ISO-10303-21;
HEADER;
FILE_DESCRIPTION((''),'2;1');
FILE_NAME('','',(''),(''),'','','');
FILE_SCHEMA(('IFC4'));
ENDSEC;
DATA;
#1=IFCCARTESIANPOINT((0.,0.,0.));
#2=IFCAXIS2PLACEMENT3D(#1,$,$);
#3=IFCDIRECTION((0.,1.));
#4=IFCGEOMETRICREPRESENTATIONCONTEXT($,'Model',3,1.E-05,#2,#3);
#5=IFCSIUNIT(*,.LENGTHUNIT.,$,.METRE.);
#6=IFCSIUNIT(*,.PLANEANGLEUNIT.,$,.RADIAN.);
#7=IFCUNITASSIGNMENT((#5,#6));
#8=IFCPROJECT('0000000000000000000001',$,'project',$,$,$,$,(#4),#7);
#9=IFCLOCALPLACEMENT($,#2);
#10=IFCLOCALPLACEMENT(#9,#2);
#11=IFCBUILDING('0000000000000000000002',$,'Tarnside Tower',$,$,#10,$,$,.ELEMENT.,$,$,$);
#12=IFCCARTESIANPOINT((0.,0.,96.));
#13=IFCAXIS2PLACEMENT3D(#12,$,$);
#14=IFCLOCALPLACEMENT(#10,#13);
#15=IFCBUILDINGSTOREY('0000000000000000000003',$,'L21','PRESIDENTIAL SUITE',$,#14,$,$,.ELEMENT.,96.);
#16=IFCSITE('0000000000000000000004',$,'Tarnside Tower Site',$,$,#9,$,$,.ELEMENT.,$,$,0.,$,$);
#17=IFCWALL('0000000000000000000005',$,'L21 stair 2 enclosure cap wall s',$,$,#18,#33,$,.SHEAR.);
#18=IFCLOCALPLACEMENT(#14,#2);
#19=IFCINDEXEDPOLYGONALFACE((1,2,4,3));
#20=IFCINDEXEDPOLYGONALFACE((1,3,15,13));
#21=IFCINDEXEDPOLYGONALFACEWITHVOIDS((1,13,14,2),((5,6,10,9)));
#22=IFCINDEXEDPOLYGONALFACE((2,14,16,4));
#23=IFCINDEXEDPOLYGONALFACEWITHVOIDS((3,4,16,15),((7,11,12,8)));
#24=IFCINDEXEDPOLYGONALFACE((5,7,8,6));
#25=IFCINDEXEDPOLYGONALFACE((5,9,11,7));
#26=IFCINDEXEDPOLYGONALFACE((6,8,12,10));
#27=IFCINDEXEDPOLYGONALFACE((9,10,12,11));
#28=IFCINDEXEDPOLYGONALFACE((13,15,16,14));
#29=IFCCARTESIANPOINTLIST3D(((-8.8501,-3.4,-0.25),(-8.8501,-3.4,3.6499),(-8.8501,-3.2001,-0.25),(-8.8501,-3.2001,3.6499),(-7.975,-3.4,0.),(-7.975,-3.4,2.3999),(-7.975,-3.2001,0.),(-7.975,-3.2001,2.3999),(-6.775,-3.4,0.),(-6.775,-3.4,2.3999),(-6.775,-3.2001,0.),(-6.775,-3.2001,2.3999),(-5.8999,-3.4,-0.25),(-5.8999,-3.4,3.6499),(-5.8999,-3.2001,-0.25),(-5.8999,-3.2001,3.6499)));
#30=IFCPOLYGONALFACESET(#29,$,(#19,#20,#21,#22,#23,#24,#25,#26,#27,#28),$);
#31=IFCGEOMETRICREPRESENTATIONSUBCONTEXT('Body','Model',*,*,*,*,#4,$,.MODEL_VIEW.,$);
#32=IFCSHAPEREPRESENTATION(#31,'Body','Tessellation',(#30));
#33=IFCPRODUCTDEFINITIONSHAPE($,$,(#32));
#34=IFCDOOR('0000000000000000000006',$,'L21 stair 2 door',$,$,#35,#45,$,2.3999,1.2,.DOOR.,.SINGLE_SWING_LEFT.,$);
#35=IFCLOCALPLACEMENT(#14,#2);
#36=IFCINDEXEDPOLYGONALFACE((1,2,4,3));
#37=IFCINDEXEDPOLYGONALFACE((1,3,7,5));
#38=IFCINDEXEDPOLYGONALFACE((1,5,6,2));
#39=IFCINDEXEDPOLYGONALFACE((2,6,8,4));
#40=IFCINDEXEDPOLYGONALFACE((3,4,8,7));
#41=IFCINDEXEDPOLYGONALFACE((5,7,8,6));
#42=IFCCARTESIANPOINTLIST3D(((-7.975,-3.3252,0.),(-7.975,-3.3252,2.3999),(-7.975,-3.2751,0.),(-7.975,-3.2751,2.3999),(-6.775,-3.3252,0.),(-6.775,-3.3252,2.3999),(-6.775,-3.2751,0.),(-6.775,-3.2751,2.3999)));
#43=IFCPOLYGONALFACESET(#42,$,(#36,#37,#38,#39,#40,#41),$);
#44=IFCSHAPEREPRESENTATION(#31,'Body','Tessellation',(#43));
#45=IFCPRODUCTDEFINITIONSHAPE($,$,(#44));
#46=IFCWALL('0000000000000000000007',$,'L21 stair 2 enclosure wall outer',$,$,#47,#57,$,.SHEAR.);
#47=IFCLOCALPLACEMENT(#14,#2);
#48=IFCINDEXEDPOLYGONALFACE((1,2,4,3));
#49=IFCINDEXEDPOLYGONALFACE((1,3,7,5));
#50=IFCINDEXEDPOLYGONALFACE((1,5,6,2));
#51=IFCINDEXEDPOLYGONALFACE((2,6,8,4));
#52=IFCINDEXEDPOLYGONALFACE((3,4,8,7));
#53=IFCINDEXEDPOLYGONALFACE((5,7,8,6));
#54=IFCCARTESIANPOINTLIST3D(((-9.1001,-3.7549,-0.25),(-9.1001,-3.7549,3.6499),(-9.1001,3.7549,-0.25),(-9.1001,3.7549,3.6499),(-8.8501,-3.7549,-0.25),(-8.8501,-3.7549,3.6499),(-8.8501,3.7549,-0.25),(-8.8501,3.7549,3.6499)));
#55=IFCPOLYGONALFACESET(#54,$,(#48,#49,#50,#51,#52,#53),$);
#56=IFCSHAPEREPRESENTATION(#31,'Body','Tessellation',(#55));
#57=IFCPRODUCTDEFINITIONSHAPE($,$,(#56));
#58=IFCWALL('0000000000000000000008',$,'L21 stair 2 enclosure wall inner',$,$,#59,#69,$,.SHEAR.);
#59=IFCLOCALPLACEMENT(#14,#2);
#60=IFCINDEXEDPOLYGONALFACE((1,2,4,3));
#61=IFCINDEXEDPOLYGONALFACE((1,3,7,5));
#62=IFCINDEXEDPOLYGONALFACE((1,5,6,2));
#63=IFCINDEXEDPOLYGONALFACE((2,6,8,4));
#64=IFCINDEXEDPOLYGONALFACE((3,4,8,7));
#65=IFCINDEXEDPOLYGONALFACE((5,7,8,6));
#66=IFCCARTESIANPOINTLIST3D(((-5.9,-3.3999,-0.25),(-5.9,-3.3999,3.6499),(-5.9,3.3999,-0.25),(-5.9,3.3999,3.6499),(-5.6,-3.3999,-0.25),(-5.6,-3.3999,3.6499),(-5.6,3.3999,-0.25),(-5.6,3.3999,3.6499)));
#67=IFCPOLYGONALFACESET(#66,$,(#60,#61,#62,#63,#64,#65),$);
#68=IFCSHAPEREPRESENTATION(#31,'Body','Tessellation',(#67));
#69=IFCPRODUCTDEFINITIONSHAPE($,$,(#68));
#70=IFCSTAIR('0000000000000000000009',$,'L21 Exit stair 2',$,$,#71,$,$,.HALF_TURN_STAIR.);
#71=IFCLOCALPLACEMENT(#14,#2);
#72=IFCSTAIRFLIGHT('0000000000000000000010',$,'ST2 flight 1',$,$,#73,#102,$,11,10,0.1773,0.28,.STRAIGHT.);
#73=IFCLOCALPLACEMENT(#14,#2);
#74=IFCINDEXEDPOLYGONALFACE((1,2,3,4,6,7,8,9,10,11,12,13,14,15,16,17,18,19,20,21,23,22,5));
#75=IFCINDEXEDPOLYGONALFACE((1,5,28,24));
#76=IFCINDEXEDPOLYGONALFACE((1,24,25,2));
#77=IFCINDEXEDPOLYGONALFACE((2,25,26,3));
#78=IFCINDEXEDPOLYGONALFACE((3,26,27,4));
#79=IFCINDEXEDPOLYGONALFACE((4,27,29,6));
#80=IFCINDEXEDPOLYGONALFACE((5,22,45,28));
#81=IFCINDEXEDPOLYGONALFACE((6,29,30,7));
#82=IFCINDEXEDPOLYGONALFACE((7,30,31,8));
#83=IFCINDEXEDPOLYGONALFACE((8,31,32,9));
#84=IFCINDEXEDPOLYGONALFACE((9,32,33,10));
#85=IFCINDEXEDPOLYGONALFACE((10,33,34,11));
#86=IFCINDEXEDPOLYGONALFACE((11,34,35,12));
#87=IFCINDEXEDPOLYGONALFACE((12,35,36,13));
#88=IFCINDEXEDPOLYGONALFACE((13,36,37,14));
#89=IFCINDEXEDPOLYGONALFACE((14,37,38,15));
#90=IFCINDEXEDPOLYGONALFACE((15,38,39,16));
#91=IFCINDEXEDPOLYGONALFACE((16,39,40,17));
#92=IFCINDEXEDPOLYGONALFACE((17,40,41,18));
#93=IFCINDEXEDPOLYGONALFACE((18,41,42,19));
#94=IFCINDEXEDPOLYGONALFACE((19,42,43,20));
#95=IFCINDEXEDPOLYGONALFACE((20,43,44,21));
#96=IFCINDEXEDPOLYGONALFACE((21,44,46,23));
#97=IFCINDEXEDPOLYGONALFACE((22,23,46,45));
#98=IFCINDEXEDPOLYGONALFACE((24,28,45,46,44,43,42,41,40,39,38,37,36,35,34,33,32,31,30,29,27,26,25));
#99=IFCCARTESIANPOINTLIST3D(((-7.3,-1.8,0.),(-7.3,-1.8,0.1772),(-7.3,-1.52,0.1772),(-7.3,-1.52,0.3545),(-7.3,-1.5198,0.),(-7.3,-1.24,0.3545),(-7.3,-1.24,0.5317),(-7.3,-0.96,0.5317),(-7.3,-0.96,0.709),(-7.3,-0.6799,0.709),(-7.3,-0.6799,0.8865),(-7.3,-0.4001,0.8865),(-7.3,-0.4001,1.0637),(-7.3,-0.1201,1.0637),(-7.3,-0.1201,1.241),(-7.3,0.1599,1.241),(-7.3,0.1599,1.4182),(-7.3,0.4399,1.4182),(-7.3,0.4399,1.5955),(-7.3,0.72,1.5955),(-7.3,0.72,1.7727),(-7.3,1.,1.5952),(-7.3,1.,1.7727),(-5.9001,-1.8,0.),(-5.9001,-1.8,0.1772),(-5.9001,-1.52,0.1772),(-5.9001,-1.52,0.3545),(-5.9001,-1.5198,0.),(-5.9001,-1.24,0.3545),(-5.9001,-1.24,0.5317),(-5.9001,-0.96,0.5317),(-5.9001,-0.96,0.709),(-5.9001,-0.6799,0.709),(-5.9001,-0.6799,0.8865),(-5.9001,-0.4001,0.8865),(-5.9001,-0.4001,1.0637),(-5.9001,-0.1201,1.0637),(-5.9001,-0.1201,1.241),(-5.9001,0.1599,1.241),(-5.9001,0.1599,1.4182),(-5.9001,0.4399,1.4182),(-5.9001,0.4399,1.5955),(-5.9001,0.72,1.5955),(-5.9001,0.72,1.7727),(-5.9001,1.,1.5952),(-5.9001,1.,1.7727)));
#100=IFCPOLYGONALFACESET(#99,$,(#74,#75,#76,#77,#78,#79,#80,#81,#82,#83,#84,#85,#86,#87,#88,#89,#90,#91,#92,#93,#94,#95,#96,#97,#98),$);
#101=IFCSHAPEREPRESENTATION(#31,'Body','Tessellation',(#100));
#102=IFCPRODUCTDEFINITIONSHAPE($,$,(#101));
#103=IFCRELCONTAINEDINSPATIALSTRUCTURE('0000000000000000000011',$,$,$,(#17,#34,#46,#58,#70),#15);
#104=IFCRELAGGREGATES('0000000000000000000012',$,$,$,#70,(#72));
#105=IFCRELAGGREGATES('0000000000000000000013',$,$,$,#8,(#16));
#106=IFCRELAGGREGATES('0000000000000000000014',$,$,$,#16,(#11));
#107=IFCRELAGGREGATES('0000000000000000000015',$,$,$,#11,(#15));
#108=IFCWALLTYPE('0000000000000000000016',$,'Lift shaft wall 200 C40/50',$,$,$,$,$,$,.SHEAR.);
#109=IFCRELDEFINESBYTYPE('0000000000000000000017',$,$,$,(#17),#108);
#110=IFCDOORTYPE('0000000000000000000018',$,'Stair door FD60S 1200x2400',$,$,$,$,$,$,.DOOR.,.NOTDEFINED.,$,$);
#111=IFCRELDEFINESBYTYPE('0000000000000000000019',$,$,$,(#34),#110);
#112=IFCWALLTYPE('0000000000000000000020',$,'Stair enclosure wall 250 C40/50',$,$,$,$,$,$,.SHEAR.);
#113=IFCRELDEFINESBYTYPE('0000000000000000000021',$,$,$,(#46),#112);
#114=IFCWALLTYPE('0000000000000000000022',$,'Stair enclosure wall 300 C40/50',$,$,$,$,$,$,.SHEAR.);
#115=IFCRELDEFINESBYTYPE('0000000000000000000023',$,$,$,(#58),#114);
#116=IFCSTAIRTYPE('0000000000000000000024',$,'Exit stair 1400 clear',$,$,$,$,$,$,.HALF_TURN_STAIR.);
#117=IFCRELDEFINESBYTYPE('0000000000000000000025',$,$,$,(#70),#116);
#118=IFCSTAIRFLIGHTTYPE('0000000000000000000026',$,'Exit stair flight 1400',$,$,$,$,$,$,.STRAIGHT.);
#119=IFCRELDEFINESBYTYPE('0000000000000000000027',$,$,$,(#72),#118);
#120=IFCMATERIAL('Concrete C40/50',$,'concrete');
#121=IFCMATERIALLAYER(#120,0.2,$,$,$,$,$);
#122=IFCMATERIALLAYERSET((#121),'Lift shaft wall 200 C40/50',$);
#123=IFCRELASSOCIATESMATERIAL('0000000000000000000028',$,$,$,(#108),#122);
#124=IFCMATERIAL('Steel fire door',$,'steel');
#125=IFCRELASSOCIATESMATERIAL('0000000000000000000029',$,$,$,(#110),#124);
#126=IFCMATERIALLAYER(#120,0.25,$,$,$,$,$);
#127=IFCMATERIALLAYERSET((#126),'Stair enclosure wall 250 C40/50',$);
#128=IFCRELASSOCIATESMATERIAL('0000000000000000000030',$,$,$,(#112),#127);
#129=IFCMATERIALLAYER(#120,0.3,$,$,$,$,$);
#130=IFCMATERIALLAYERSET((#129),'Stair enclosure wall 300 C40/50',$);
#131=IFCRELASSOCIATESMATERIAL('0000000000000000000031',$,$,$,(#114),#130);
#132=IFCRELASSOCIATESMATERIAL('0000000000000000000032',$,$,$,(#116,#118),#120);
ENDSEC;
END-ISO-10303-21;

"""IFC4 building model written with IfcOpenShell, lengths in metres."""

from ifc_helpers import new_model, si_unit, direction, frame, frame_2d, origin, place, context, subcontext, project, spatial, polyline, rectangle, outline, extrude, material, layer, layer_set, type_object, element, fill, aggregate, save


model = new_model("IFC4")

# Units and contexts
model_context = context("Model", 3, precision=1e-05, world=origin(), true_north=direction((0.0, 1.0)))
body_context = subcontext(model_context, "Body", "Model", "MODEL_VIEW")
ifc_project = project(units=[si_unit("LENGTHUNIT", "METRE"), si_unit("PLANEANGLEUNIT", "RADIAN")], contexts=[model_context])

# Site, building, storey
site_placement = place(None, origin())
site = spatial("IfcSite", under=ifc_project, at=site_placement, Name="Tarnside Tower Site", CompositionType="ELEMENT", RefElevation=0.0)
building_placement = place(site_placement, origin())
building = spatial("IfcBuilding", under=site, at=building_placement, Name="Tarnside Tower", CompositionType="ELEMENT")
storey_placement = place(building_placement, frame((0.0, 0.0, 96.0)))
storey = spatial("IfcBuildingStorey", under=building, at=storey_placement, Name="L21", Description="PRESIDENTIAL SUITE", CompositionType="ELEMENT", Elevation=96.0)

# Shared definitions
ifc_material_1 = material(Name="Concrete C40/50", Category="concrete")

# Shared definitions
ifc_material_2 = material(Name="Steel fire door", Category="steel")

# Shared definitions
ifc_layer_1 = layer(ifc_material_1, 0.2)
ifc_layer_set_1 = layer_set([ifc_layer_1], Name="Lift shaft wall 200 C40/50")
wall_type_1 = type_object("IfcWallType", Name="Lift shaft wall 200 C40/50", PredefinedType="SHEAR", material=ifc_layer_set_1)

# Wall, opening, door
wall_1_placement = place(storey_placement, frame((-8.8501, -3.3, -0.25), z_axis=(0.0, 0.0, 1.0), x_axis=(1.0, 0.0, 0.0)))
wall_1 = element("IfcWall", 1, at=wall_1_placement, inside=storey, type_object=wall_type_1, Name="L21 stair 2 enclosure cap wall s", PredefinedType="SHEAR", context=body_context, shape_type="SweptSolid", body=[
    extrude(rectangle(XDim=2.9502, YDim=0.2, at=frame_2d((1.4751, 0.0))), origin(), (0.0, 0.0, 1.0), 3.8999),
])
opening_1_placement = place(wall_1_placement, frame((0.875, 0.0, 0.25)))
opening_1 = element("IfcOpeningElement", 2, at=opening_1_placement, cuts=wall_1, PredefinedType="OPENING", context=body_context, shape_type="SweptSolid", body=[
    extrude(rectangle(XDim=1.2, YDim=2.3999, at=frame_2d((0.6001, 1.2))), frame((0.0, 0.1099, 0.0), z_axis=(0.0, -1.0, 0.0), x_axis=(1.0, 0.0, 0.0)), (0.0, 0.0, 1.0), 0.22),
])
door_type_1 = type_object("IfcDoorType", Name="Stair door FD60S 1200x2400", OperationType="NOTDEFINED", PredefinedType="DOOR", material=ifc_material_2)
door_1_placement = place(opening_1_placement, origin())
door_1 = element("IfcDoor", 3, at=door_1_placement, inside=storey, type_object=door_type_1, Name="L21 stair 2 door", OperationType="SINGLE_SWING_LEFT", OverallHeight=2.3999, OverallWidth=1.2, PredefinedType="DOOR", context=body_context, shape_type="SweptSolid", body=[
    extrude(rectangle(XDim=1.2, YDim=2.3999, at=frame_2d((0.6001, 1.2))), frame((0.0, 0.0249, 0.0), z_axis=(0.0, -1.0, 0.0), x_axis=(1.0, 0.0, 0.0)), (0.0, 0.0, 1.0), 0.05),
])
fill(opening_1, door_1)

# Walls
ifc_layer_2 = layer(ifc_material_1, 0.25)
ifc_layer_set_2 = layer_set([ifc_layer_2], Name="Stair enclosure wall 250 C40/50")
wall_type_2 = type_object("IfcWallType", Name="Stair enclosure wall 250 C40/50", PredefinedType="SHEAR", material=ifc_layer_set_2)
wall_2_placement = place(storey_placement, frame((-8.9751, -3.7549, -0.25), z_axis=(0.0, 0.0, 1.0), x_axis=(0.0, 1.0, 0.0)))
element("IfcWall", 4, at=wall_2_placement, inside=storey, type_object=wall_type_2, Name="L21 stair 2 enclosure wall outer", PredefinedType="SHEAR", context=body_context, shape_type="SweptSolid", body=[
    extrude(rectangle(XDim=7.5098, YDim=0.25, at=frame_2d((3.7549, 0.0))), origin(), (0.0, 0.0, 1.0), 3.8999),
])
ifc_layer_3 = layer(ifc_material_1, 0.3)
ifc_layer_set_3 = layer_set([ifc_layer_3], Name="Stair enclosure wall 300 C40/50")
wall_type_3 = type_object("IfcWallType", Name="Stair enclosure wall 300 C40/50", PredefinedType="SHEAR", material=ifc_layer_set_3)
wall_3_placement = place(storey_placement, frame((-5.75, -3.3999, -0.25), z_axis=(0.0, 0.0, 1.0), x_axis=(0.0, 1.0, 0.0)))
element("IfcWall", 5, at=wall_3_placement, inside=storey, type_object=wall_type_3, Name="L21 stair 2 enclosure wall inner", PredefinedType="SHEAR", context=body_context, shape_type="SweptSolid", body=[
    extrude(rectangle(XDim=6.7998, YDim=0.3, at=frame_2d((3.3999, 0.0))), origin(), (0.0, 0.0, 1.0), 3.8999),
])

# Stair, stair flight
stair_type = type_object("IfcStairType", Name="Exit stair 1400 clear", PredefinedType="HALF_TURN_STAIR", material=ifc_material_1)
stair_placement = place(storey_placement, origin())
stair = element("IfcStair", 6, at=stair_placement, inside=storey, type_object=stair_type, Name="L21 Exit stair 2", PredefinedType="HALF_TURN_STAIR")
stair_flight_type = type_object("IfcStairFlightType", Name="Exit stair flight 1400", PredefinedType="STRAIGHT", material=ifc_material_1)
stair_flight_placement = place(storey_placement, frame((-6.6001, -1.8, 0.0), z_axis=(0.0, 0.0, 1.0), x_axis=(0.0, 1.0, 0.0)))
stair_flight = element("IfcStairFlight", 7, at=stair_flight_placement, type_object=stair_flight_type, Name="ST2 flight 1", NumberOfRisers=11, NumberOfTreads=10, PredefinedType="STRAIGHT", RiserHeight=0.1773, TreadLength=0.28, context=body_context, shape_type="SweptSolid", body=[
    extrude(outline(polyline([(0.0, 0.0), (0.0, 0.1772), (0.28, 0.1772), (0.28, 0.3545), (0.5601, 0.3545), (0.5601, 0.5317), (0.8401, 0.5317), (0.8401, 0.709), (1.1201, 0.709), (1.1201, 0.8865), (1.3999, 0.8865), (1.3999, 1.0637), (1.6799, 1.0637), (1.6799, 1.241), (1.96, 1.241), (1.96, 1.4182), (2.24, 1.4182), (2.24, 1.5955), (2.52, 1.5955), (2.52, 1.7727), (2.8, 1.7727), (2.8, 1.95), (2.8, 1.5952), (0.2803, 0.0), (0.0, 0.0)])), frame((0.0, 0.7, 0.0), z_axis=(0.0, -1.0, 0.0), x_axis=(1.0, 0.0, 0.0)), (0.0, 0.0, 1.0), 1.3999),
])
aggregate(stair, [stair_flight])

save(model, "model.ifc")
